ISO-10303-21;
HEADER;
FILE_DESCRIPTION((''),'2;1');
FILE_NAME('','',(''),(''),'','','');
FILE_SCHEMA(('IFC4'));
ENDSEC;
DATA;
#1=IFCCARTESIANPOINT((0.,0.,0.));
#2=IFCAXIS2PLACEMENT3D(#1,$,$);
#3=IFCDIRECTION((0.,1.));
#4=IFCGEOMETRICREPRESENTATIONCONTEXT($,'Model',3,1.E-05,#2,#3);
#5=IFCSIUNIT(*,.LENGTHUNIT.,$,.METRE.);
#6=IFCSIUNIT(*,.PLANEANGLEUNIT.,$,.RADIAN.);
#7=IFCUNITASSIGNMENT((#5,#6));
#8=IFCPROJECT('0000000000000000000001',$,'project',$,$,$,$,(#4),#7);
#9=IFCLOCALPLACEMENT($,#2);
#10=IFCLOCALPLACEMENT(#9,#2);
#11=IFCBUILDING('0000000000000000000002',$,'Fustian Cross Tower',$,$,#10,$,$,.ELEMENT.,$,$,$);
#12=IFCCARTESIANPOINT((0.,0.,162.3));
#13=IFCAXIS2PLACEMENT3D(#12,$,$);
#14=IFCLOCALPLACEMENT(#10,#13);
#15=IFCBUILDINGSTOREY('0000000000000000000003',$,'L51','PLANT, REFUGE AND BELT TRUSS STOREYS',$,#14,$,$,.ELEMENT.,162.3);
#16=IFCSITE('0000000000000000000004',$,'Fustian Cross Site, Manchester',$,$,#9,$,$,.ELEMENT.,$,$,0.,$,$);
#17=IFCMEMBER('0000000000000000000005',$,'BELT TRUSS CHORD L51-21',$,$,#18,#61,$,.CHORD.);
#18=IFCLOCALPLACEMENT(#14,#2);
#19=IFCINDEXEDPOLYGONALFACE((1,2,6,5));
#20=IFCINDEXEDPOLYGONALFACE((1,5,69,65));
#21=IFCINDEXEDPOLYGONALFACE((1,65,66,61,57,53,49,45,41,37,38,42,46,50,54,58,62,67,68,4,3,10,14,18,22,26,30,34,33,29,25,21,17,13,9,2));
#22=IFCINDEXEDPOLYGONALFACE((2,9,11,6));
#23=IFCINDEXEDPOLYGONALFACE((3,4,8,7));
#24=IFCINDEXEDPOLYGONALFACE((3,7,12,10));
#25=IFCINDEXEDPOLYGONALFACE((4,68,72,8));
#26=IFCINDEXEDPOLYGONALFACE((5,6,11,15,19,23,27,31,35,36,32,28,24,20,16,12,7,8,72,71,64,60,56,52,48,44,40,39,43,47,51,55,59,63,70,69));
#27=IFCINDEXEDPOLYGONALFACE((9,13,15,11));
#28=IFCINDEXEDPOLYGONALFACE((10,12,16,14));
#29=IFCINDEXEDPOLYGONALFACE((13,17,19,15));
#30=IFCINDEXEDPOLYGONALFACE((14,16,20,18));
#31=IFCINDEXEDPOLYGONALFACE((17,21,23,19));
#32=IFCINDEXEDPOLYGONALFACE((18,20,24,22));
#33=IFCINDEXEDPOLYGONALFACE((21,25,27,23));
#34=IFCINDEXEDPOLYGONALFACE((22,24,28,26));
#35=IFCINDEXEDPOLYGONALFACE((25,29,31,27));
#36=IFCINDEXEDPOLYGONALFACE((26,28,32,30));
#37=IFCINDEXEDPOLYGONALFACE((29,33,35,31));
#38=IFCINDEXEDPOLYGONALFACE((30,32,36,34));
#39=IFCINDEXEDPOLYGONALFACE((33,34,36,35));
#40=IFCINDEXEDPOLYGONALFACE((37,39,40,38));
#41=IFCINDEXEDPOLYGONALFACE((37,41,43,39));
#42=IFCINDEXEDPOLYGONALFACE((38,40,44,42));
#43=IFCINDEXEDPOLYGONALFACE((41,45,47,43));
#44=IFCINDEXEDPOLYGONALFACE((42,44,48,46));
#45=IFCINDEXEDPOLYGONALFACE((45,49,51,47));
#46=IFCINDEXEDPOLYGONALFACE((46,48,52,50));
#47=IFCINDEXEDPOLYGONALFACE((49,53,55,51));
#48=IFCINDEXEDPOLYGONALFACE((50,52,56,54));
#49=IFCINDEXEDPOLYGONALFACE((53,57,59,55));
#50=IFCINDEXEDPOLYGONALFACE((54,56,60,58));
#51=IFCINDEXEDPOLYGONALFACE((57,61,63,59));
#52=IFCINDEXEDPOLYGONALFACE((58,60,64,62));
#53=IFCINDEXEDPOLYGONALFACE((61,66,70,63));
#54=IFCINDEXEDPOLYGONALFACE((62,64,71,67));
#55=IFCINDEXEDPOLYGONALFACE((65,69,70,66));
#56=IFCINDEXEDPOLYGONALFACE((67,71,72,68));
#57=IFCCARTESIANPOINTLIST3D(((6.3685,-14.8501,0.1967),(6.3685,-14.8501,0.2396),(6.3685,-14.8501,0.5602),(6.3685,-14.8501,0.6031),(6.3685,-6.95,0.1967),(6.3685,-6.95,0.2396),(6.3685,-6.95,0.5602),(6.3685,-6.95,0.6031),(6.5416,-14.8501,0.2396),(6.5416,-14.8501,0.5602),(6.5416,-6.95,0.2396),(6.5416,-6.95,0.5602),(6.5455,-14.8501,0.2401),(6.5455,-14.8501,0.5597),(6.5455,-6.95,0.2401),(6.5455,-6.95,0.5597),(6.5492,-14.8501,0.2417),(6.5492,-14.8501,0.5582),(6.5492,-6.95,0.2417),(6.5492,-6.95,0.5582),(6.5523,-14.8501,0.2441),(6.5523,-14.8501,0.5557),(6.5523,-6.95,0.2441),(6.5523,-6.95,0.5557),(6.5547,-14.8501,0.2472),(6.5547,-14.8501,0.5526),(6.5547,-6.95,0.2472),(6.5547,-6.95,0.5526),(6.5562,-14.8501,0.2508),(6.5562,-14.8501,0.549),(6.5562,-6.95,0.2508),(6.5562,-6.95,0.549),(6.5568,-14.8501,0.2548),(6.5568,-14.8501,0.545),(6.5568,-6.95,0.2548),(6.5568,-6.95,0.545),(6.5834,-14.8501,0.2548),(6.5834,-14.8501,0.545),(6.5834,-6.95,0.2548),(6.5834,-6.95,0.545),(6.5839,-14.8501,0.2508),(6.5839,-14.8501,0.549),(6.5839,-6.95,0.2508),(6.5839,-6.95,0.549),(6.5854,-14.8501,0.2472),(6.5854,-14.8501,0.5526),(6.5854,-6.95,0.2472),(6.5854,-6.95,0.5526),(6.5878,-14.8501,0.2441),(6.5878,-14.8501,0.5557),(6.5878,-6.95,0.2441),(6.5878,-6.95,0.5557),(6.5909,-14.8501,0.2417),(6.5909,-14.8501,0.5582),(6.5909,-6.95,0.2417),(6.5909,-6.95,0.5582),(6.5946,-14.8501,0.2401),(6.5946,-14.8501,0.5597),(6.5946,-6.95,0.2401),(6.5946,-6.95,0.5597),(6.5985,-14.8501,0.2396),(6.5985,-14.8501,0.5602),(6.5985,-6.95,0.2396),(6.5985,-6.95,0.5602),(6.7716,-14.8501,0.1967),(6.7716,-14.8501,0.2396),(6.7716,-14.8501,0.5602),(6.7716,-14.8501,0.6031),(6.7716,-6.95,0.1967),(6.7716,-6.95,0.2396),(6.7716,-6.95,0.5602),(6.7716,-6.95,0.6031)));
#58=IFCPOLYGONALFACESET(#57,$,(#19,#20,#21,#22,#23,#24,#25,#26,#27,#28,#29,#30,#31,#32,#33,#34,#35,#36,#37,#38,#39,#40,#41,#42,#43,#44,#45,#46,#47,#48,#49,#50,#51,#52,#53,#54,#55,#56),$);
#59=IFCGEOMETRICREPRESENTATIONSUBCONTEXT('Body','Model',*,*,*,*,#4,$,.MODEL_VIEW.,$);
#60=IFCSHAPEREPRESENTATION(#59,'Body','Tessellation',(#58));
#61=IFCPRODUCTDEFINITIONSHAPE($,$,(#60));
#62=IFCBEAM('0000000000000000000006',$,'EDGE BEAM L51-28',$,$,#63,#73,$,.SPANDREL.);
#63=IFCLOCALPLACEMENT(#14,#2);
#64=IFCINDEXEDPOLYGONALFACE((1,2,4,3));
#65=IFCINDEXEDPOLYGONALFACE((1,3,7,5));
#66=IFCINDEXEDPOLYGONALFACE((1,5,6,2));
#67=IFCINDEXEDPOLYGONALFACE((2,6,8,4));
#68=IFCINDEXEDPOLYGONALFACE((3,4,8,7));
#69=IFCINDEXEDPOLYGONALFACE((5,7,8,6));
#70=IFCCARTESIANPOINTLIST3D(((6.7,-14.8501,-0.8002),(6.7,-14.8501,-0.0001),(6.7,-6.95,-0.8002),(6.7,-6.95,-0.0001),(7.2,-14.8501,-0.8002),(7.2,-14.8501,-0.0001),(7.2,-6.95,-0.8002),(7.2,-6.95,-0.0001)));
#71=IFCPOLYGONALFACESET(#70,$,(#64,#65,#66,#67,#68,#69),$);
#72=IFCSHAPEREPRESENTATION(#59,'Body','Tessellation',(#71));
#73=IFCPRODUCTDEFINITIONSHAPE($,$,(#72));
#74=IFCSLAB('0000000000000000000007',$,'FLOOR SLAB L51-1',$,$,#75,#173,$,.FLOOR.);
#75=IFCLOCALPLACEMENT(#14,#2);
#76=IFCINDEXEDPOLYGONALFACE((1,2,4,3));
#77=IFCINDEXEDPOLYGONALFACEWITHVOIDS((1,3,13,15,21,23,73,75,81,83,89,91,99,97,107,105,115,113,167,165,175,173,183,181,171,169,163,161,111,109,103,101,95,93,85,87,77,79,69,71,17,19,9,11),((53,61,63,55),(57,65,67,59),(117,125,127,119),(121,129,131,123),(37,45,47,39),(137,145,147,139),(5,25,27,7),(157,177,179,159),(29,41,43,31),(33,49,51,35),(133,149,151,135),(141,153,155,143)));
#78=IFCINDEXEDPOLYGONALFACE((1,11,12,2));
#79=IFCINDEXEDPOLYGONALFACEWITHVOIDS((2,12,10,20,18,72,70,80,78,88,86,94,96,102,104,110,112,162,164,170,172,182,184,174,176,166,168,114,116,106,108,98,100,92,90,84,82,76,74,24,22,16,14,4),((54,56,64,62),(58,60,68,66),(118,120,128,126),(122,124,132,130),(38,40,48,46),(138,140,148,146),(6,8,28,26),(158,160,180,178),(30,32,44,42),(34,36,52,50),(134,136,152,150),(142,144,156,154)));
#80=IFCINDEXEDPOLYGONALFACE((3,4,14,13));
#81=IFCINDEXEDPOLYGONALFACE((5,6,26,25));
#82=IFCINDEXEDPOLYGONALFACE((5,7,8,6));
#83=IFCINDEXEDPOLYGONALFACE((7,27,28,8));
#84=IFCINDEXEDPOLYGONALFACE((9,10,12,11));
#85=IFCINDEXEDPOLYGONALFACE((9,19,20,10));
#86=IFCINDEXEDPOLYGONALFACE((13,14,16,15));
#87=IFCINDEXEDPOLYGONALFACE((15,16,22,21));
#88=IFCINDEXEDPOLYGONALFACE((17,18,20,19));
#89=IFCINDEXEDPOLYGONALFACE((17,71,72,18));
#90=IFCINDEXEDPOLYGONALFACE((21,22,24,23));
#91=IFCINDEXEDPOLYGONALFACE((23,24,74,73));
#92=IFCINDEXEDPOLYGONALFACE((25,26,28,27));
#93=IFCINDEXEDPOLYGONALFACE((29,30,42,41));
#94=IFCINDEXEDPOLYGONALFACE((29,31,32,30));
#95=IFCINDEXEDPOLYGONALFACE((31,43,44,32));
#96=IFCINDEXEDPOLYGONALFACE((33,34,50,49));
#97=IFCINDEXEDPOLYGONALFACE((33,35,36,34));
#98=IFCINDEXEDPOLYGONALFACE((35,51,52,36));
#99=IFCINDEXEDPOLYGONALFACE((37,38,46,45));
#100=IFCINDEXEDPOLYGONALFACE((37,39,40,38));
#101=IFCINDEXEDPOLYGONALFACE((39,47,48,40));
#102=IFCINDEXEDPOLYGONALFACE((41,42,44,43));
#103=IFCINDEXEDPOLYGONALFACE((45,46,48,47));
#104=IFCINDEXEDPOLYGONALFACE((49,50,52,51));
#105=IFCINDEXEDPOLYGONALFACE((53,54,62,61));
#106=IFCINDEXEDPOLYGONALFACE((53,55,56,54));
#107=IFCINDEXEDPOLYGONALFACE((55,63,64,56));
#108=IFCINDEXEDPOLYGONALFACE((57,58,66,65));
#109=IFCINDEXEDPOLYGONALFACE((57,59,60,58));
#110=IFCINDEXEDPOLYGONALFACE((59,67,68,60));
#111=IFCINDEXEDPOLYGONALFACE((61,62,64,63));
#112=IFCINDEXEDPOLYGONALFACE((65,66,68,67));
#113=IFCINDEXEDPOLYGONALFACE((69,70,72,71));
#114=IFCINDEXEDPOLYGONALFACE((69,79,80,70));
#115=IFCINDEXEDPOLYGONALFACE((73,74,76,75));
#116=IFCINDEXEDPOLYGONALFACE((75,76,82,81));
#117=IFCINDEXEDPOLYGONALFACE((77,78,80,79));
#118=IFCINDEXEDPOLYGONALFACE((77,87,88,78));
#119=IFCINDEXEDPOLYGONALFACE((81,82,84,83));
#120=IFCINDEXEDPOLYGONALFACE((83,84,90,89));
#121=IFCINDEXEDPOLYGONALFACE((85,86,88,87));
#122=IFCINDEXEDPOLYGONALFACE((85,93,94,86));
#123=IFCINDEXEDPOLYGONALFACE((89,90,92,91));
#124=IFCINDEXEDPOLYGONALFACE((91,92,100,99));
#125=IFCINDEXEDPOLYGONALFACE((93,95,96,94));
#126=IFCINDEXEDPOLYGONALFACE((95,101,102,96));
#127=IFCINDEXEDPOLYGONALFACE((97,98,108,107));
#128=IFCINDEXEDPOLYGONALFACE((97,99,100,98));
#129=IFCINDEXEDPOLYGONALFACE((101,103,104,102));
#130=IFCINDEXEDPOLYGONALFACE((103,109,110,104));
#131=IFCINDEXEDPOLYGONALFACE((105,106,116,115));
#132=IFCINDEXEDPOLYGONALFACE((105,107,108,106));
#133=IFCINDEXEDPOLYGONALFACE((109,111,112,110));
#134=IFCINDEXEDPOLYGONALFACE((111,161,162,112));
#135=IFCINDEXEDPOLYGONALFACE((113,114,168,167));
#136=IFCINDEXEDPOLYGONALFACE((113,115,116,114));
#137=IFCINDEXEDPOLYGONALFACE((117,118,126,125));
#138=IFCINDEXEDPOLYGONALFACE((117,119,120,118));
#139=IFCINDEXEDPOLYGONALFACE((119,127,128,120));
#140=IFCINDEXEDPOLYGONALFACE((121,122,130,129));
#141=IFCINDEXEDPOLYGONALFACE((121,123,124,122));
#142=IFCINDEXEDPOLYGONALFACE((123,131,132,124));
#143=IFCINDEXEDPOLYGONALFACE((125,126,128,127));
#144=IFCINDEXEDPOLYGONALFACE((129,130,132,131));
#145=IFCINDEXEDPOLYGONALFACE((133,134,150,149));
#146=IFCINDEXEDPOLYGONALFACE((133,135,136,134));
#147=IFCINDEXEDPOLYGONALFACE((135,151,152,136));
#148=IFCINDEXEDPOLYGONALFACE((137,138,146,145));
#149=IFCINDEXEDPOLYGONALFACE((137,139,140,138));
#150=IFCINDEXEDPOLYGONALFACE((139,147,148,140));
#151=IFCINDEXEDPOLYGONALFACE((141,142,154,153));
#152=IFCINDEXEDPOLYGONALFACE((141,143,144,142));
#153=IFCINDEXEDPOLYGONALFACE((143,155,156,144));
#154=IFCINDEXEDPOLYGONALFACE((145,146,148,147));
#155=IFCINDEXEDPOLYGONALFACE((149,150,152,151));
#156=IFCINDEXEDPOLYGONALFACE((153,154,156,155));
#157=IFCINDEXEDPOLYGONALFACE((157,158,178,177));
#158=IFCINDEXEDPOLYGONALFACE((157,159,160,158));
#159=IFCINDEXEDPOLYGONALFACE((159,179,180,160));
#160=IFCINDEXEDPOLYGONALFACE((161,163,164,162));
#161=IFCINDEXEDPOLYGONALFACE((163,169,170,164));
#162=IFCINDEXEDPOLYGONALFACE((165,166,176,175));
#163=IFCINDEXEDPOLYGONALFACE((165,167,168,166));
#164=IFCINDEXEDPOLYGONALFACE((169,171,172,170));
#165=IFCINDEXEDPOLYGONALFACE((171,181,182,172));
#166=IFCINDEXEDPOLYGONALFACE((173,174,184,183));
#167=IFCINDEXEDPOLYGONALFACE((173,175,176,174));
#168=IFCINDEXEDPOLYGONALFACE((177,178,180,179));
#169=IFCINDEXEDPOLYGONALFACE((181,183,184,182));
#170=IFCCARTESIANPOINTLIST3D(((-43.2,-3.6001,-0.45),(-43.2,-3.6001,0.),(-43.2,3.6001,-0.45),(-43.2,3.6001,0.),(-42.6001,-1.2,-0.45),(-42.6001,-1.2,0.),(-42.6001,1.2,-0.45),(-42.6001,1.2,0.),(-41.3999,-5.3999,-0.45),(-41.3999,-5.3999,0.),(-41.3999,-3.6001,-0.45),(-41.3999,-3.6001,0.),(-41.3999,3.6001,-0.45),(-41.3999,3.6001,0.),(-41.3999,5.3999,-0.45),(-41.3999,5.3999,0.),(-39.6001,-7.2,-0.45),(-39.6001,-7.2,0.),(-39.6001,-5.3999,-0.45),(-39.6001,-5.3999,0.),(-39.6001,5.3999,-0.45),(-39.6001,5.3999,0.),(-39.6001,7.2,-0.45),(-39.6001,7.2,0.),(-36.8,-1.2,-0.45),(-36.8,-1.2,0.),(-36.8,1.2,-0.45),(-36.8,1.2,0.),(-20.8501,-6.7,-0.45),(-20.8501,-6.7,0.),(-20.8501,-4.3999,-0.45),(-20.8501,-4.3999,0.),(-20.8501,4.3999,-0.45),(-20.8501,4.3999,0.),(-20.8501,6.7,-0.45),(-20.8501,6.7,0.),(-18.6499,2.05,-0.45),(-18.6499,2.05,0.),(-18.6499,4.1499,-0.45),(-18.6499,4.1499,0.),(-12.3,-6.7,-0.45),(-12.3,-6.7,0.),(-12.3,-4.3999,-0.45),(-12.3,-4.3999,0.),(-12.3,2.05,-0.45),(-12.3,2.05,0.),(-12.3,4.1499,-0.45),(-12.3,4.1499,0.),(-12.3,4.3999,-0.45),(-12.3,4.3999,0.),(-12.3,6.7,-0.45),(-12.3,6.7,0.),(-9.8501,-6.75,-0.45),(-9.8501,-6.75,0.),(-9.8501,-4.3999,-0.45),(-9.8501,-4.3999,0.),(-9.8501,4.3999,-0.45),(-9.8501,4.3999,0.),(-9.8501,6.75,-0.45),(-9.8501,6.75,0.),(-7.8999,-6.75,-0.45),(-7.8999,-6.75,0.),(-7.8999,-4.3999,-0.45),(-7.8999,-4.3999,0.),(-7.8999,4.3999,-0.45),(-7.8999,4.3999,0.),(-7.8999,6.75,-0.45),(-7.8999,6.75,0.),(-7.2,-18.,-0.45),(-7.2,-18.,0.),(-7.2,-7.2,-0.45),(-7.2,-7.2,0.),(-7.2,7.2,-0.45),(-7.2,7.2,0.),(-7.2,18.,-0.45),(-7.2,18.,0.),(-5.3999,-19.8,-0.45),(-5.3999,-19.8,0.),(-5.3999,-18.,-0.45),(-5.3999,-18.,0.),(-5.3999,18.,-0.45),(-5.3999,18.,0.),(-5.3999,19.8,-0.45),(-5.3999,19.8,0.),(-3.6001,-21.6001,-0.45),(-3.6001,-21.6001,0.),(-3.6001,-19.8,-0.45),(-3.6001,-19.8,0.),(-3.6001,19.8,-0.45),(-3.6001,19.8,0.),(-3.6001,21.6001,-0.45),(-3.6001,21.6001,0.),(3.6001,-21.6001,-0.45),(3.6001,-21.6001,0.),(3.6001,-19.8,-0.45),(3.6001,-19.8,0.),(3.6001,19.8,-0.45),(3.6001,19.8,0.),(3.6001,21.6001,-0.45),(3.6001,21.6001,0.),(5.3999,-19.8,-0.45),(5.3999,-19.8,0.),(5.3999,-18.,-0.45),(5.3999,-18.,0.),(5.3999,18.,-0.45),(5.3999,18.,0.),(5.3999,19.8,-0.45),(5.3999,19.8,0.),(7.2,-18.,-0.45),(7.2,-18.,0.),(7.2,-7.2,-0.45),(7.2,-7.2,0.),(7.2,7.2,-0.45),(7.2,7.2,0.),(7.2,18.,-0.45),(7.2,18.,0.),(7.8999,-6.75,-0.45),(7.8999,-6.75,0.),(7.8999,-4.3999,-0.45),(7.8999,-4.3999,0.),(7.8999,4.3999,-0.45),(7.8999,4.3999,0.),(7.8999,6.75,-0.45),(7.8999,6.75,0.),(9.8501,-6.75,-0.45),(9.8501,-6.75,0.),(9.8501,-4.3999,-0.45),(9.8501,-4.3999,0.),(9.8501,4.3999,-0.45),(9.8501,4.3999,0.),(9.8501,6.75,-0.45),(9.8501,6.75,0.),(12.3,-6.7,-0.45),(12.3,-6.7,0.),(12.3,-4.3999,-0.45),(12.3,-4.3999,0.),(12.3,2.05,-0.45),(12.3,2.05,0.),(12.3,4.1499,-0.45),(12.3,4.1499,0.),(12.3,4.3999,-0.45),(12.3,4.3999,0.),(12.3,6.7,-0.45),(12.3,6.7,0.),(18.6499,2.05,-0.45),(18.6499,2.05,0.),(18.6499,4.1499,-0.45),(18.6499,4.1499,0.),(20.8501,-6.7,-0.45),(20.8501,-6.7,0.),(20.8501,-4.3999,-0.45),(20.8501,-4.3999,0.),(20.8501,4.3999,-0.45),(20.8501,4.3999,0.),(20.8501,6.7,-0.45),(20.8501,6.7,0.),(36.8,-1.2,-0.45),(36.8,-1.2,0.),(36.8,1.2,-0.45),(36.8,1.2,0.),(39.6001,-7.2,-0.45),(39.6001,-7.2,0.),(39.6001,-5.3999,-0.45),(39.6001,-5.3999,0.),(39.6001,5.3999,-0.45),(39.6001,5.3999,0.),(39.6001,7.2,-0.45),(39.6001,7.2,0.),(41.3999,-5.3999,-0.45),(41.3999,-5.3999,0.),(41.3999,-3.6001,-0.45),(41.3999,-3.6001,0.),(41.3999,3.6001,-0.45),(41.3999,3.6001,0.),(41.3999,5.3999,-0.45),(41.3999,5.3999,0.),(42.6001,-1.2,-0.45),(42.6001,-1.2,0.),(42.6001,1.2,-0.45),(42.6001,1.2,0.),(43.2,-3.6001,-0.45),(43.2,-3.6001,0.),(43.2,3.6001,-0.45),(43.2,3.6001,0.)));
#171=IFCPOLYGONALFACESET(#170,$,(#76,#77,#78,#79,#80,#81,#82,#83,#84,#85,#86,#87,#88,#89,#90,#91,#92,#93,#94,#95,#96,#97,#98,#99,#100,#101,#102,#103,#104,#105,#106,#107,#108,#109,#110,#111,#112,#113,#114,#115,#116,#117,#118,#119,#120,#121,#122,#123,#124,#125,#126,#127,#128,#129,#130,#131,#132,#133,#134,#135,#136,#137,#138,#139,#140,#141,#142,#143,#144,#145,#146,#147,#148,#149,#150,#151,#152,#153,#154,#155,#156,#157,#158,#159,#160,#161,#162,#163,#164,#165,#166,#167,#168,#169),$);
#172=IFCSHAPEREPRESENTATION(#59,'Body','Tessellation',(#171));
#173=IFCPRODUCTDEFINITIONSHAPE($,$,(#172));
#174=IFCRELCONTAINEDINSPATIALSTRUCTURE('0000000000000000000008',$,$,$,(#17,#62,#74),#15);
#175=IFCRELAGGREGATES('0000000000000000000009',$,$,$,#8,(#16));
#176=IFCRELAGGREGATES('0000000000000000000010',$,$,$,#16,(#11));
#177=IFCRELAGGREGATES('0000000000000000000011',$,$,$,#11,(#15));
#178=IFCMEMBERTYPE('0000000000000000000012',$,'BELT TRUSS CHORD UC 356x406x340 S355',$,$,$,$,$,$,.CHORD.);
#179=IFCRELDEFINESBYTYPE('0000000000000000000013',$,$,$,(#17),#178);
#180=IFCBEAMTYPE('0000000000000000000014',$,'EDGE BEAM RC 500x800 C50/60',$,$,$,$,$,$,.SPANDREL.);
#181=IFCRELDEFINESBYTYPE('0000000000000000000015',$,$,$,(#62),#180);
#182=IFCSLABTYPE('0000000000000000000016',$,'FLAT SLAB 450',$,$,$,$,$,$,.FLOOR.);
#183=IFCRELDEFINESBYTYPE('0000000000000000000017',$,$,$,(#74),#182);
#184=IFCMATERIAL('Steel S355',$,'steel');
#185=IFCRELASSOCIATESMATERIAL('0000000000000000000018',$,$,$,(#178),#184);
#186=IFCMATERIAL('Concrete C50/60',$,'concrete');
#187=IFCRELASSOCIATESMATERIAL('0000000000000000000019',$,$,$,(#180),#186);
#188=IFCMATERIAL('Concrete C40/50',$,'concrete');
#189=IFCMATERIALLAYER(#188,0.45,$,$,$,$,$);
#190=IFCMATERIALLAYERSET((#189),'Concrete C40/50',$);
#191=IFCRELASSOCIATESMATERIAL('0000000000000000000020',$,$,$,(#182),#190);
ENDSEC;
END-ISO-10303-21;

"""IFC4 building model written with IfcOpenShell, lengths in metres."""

from ifc_helpers import new_model, si_unit, direction, frame, origin, origin_2d, place, context, subcontext, project, spatial, polyline, rectangle, i_section, outline, extrude, material, layer, layer_set, material_profile, profile_set, type_object, element, save


model = new_model("IFC4")

# Units and contexts
model_context = context("Model", 3, precision=1e-05, world=origin(), true_north=direction((0.0, 1.0)))
body_context = subcontext(model_context, "Body", "Model", "MODEL_VIEW")
ifc_project = project(units=[si_unit("LENGTHUNIT", "METRE"), si_unit("PLANEANGLEUNIT", "RADIAN")], contexts=[model_context])

# Site, building, storey
site_placement = place(None, origin())
site = spatial("IfcSite", under=ifc_project, at=site_placement, Name="Fustian Cross Site, Manchester", CompositionType="ELEMENT", RefElevation=0.0)
building_placement = place(site_placement, origin())
building = spatial("IfcBuilding", under=site, at=building_placement, Name="Fustian Cross Tower", CompositionType="ELEMENT")
storey_placement = place(building_placement, frame((0.0, 0.0, 162.3)))
storey = spatial("IfcBuildingStorey", under=building, at=storey_placement, Name="L51", Description="PLANT, REFUGE AND BELT TRUSS STOREYS", CompositionType="ELEMENT", Elevation=162.3)

# Member
ifc_material_1 = material(Name="Steel S355", Category="steel")
ifc_material_profile_1 = material_profile(ifc_material_1, i_section(OverallWidth=0.4031, OverallDepth=0.4065, WebThickness=0.0266, FlangeThickness=0.043, FilletRadius=0.0151, at=origin_2d()), Name="UC 356x406x340")
ifc_profile_set_1 = profile_set([ifc_material_profile_1], Name="Steel S355")
member_type_1 = type_object("IfcMemberType", Name="BELT TRUSS CHORD UC 356x406x340 S355", PredefinedType="CHORD", material=ifc_profile_set_1)
for number, where, z_axis, x_axis, name in (
    (1, (6.5701, -14.8501, 0.3999), (0.0, 1.0, 0.0), (-1.0, 0.0, 0.0), "BELT TRUSS CHORD L51-21"),
):
    element("IfcMember", number, at=place(storey_placement, frame(where, z_axis=z_axis, x_axis=x_axis)), inside=storey, type_object=member_type_1, Name=name, PredefinedType="CHORD", context=body_context, shape_type="SweptSolid", body=[
        extrude(i_section(OverallWidth=0.4031, OverallDepth=0.4065, WebThickness=0.0266, FlangeThickness=0.043, FilletRadius=0.0151, at=origin_2d()), origin(), (0.0, 0.0, 1.0), 7.9001),
    ])

# Beam
ifc_material_2 = material(Name="Concrete C50/60", Category="concrete")
ifc_material_profile_2 = material_profile(ifc_material_2, rectangle(XDim=0.5, YDim=0.8, at=origin_2d()), Name="RC 500x800")
ifc_profile_set_2 = profile_set([ifc_material_profile_2], Name="Concrete C50/60")
beam_type = type_object("IfcBeamType", Name="EDGE BEAM RC 500x800 C50/60", PredefinedType="SPANDREL", material=ifc_profile_set_2)
beam_placement = place(storey_placement, frame((6.95, -14.8501, -0.4001), z_axis=(0.0, 1.0, 0.0), x_axis=(-1.0, 0.0, 0.0)))
element("IfcBeam", 2, at=beam_placement, inside=storey, type_object=beam_type, Name="EDGE BEAM L51-28", PredefinedType="SPANDREL", context=body_context, shape_type="SweptSolid", body=[
    extrude(rectangle(XDim=0.5, YDim=0.8, at=origin_2d()), origin(), (0.0, 0.0, 1.0), 7.9001),
])

# Slab
ifc_material_3 = material(Name="Concrete C40/50", Category="concrete")
ifc_layer_1 = layer(ifc_material_3, 0.45)
ifc_layer_set_1 = layer_set([ifc_layer_1], Name="Concrete C40/50")
slab_type_1 = type_object("IfcSlabType", Name="FLAT SLAB 450", PredefinedType="FLOOR", material=ifc_layer_set_1)
slab_1_placement = place(storey_placement, frame((0.0, 0.0, -0.45)))
element("IfcSlab", 3, at=slab_1_placement, inside=storey, type_object=slab_type_1, Name="FLOOR SLAB L51-1", PredefinedType="FLOOR", context=body_context, shape_type="SweptSolid", body=[
    extrude(outline(polyline([(-7.2, -7.2), (-39.6001, -7.2), (-39.6001, -5.3999), (-41.3999, -5.3999), (-41.3999, -3.6001), (-43.2, -3.6001), (-43.2, 3.6001), (-41.3999, 3.6001), (-41.3999, 5.3999), (-39.6001, 5.3999), (-39.6001, 7.2), (-7.2, 7.2), (-7.2, 18.0), (-5.3999, 18.0), (-5.3999, 19.8), (-3.6001, 19.8), (-3.6001, 21.6001), (3.6001, 21.6001), (3.6001, 19.8), (5.3999, 19.8), (5.3999, 18.0), (7.2, 18.0), (7.2, 7.2), (39.6001, 7.2), (39.6001, 5.3999), (41.3999, 5.3999), (41.3999, 3.6001), (43.2, 3.6001), (43.2, -3.6001), (41.3999, -3.6001), (41.3999, -5.3999), (39.6001, -5.3999), (39.6001, -7.2), (7.2, -7.2), (7.2, -18.0), (5.3999, -18.0), (5.3999, -19.8), (3.6001, -19.8), (3.6001, -21.6001), (-3.6001, -21.6001), (-3.6001, -19.8), (-5.3999, -19.8), (-5.3999, -18.0), (-7.2, -18.0), (-7.2, -7.2)]), holes=[polyline([(9.8501, 4.3999), (9.8501, 6.75), (7.8999, 6.75), (7.8999, 4.3999), (9.8501, 4.3999)]), polyline([(7.8999, -6.75), (9.8501, -6.75), (9.8501, -4.3999), (7.8999, -4.3999), (7.8999, -6.75)]), polyline([(-9.8501, 6.75), (-9.8501, 4.3999), (-7.8999, 4.3999), (-7.8999, 6.75), (-9.8501, 6.75)]), polyline([(-7.8999, -4.3999), (-9.8501, -4.3999), (-9.8501, -6.75), (-7.8999, -6.75), (-7.8999, -4.3999)]), polyline([(18.6499, 2.05), (18.6499, 4.1499), (12.3, 4.1499), (12.3, 2.05), (18.6499, 2.05)]), polyline([(-18.6499, 2.05), (-12.3, 2.05), (-12.3, 4.1499), (-18.6499, 4.1499), (-18.6499, 2.05)]), polyline([(12.3, 6.7), (12.3, 4.3999), (20.8501, 4.3999), (20.8501, 6.7), (12.3, 6.7)]), polyline([(20.8501, -4.3999), (12.3, -4.3999), (12.3, -6.7), (20.8501, -6.7), (20.8501, -4.3999)]), polyline([(-12.3, 4.3999), (-12.3, 6.7), (-20.8501, 6.7), (-20.8501, 4.3999), (-12.3, 4.3999)]), polyline([(-20.8501, -6.7), (-12.3, -6.7), (-12.3, -4.3999), (-20.8501, -4.3999), (-20.8501, -6.7)]), polyline([(36.8, 1.2), (36.8, -1.2), (42.6001, -1.2), (42.6001, 1.2), (36.8, 1.2)]), polyline([(-36.8, 1.2), (-42.6001, 1.2), (-42.6001, -1.2), (-36.8, -1.2), (-36.8, 1.2)])]), origin(), (0.0, 0.0, 1.0), 0.45),
])

save(model, "model.ifc")
